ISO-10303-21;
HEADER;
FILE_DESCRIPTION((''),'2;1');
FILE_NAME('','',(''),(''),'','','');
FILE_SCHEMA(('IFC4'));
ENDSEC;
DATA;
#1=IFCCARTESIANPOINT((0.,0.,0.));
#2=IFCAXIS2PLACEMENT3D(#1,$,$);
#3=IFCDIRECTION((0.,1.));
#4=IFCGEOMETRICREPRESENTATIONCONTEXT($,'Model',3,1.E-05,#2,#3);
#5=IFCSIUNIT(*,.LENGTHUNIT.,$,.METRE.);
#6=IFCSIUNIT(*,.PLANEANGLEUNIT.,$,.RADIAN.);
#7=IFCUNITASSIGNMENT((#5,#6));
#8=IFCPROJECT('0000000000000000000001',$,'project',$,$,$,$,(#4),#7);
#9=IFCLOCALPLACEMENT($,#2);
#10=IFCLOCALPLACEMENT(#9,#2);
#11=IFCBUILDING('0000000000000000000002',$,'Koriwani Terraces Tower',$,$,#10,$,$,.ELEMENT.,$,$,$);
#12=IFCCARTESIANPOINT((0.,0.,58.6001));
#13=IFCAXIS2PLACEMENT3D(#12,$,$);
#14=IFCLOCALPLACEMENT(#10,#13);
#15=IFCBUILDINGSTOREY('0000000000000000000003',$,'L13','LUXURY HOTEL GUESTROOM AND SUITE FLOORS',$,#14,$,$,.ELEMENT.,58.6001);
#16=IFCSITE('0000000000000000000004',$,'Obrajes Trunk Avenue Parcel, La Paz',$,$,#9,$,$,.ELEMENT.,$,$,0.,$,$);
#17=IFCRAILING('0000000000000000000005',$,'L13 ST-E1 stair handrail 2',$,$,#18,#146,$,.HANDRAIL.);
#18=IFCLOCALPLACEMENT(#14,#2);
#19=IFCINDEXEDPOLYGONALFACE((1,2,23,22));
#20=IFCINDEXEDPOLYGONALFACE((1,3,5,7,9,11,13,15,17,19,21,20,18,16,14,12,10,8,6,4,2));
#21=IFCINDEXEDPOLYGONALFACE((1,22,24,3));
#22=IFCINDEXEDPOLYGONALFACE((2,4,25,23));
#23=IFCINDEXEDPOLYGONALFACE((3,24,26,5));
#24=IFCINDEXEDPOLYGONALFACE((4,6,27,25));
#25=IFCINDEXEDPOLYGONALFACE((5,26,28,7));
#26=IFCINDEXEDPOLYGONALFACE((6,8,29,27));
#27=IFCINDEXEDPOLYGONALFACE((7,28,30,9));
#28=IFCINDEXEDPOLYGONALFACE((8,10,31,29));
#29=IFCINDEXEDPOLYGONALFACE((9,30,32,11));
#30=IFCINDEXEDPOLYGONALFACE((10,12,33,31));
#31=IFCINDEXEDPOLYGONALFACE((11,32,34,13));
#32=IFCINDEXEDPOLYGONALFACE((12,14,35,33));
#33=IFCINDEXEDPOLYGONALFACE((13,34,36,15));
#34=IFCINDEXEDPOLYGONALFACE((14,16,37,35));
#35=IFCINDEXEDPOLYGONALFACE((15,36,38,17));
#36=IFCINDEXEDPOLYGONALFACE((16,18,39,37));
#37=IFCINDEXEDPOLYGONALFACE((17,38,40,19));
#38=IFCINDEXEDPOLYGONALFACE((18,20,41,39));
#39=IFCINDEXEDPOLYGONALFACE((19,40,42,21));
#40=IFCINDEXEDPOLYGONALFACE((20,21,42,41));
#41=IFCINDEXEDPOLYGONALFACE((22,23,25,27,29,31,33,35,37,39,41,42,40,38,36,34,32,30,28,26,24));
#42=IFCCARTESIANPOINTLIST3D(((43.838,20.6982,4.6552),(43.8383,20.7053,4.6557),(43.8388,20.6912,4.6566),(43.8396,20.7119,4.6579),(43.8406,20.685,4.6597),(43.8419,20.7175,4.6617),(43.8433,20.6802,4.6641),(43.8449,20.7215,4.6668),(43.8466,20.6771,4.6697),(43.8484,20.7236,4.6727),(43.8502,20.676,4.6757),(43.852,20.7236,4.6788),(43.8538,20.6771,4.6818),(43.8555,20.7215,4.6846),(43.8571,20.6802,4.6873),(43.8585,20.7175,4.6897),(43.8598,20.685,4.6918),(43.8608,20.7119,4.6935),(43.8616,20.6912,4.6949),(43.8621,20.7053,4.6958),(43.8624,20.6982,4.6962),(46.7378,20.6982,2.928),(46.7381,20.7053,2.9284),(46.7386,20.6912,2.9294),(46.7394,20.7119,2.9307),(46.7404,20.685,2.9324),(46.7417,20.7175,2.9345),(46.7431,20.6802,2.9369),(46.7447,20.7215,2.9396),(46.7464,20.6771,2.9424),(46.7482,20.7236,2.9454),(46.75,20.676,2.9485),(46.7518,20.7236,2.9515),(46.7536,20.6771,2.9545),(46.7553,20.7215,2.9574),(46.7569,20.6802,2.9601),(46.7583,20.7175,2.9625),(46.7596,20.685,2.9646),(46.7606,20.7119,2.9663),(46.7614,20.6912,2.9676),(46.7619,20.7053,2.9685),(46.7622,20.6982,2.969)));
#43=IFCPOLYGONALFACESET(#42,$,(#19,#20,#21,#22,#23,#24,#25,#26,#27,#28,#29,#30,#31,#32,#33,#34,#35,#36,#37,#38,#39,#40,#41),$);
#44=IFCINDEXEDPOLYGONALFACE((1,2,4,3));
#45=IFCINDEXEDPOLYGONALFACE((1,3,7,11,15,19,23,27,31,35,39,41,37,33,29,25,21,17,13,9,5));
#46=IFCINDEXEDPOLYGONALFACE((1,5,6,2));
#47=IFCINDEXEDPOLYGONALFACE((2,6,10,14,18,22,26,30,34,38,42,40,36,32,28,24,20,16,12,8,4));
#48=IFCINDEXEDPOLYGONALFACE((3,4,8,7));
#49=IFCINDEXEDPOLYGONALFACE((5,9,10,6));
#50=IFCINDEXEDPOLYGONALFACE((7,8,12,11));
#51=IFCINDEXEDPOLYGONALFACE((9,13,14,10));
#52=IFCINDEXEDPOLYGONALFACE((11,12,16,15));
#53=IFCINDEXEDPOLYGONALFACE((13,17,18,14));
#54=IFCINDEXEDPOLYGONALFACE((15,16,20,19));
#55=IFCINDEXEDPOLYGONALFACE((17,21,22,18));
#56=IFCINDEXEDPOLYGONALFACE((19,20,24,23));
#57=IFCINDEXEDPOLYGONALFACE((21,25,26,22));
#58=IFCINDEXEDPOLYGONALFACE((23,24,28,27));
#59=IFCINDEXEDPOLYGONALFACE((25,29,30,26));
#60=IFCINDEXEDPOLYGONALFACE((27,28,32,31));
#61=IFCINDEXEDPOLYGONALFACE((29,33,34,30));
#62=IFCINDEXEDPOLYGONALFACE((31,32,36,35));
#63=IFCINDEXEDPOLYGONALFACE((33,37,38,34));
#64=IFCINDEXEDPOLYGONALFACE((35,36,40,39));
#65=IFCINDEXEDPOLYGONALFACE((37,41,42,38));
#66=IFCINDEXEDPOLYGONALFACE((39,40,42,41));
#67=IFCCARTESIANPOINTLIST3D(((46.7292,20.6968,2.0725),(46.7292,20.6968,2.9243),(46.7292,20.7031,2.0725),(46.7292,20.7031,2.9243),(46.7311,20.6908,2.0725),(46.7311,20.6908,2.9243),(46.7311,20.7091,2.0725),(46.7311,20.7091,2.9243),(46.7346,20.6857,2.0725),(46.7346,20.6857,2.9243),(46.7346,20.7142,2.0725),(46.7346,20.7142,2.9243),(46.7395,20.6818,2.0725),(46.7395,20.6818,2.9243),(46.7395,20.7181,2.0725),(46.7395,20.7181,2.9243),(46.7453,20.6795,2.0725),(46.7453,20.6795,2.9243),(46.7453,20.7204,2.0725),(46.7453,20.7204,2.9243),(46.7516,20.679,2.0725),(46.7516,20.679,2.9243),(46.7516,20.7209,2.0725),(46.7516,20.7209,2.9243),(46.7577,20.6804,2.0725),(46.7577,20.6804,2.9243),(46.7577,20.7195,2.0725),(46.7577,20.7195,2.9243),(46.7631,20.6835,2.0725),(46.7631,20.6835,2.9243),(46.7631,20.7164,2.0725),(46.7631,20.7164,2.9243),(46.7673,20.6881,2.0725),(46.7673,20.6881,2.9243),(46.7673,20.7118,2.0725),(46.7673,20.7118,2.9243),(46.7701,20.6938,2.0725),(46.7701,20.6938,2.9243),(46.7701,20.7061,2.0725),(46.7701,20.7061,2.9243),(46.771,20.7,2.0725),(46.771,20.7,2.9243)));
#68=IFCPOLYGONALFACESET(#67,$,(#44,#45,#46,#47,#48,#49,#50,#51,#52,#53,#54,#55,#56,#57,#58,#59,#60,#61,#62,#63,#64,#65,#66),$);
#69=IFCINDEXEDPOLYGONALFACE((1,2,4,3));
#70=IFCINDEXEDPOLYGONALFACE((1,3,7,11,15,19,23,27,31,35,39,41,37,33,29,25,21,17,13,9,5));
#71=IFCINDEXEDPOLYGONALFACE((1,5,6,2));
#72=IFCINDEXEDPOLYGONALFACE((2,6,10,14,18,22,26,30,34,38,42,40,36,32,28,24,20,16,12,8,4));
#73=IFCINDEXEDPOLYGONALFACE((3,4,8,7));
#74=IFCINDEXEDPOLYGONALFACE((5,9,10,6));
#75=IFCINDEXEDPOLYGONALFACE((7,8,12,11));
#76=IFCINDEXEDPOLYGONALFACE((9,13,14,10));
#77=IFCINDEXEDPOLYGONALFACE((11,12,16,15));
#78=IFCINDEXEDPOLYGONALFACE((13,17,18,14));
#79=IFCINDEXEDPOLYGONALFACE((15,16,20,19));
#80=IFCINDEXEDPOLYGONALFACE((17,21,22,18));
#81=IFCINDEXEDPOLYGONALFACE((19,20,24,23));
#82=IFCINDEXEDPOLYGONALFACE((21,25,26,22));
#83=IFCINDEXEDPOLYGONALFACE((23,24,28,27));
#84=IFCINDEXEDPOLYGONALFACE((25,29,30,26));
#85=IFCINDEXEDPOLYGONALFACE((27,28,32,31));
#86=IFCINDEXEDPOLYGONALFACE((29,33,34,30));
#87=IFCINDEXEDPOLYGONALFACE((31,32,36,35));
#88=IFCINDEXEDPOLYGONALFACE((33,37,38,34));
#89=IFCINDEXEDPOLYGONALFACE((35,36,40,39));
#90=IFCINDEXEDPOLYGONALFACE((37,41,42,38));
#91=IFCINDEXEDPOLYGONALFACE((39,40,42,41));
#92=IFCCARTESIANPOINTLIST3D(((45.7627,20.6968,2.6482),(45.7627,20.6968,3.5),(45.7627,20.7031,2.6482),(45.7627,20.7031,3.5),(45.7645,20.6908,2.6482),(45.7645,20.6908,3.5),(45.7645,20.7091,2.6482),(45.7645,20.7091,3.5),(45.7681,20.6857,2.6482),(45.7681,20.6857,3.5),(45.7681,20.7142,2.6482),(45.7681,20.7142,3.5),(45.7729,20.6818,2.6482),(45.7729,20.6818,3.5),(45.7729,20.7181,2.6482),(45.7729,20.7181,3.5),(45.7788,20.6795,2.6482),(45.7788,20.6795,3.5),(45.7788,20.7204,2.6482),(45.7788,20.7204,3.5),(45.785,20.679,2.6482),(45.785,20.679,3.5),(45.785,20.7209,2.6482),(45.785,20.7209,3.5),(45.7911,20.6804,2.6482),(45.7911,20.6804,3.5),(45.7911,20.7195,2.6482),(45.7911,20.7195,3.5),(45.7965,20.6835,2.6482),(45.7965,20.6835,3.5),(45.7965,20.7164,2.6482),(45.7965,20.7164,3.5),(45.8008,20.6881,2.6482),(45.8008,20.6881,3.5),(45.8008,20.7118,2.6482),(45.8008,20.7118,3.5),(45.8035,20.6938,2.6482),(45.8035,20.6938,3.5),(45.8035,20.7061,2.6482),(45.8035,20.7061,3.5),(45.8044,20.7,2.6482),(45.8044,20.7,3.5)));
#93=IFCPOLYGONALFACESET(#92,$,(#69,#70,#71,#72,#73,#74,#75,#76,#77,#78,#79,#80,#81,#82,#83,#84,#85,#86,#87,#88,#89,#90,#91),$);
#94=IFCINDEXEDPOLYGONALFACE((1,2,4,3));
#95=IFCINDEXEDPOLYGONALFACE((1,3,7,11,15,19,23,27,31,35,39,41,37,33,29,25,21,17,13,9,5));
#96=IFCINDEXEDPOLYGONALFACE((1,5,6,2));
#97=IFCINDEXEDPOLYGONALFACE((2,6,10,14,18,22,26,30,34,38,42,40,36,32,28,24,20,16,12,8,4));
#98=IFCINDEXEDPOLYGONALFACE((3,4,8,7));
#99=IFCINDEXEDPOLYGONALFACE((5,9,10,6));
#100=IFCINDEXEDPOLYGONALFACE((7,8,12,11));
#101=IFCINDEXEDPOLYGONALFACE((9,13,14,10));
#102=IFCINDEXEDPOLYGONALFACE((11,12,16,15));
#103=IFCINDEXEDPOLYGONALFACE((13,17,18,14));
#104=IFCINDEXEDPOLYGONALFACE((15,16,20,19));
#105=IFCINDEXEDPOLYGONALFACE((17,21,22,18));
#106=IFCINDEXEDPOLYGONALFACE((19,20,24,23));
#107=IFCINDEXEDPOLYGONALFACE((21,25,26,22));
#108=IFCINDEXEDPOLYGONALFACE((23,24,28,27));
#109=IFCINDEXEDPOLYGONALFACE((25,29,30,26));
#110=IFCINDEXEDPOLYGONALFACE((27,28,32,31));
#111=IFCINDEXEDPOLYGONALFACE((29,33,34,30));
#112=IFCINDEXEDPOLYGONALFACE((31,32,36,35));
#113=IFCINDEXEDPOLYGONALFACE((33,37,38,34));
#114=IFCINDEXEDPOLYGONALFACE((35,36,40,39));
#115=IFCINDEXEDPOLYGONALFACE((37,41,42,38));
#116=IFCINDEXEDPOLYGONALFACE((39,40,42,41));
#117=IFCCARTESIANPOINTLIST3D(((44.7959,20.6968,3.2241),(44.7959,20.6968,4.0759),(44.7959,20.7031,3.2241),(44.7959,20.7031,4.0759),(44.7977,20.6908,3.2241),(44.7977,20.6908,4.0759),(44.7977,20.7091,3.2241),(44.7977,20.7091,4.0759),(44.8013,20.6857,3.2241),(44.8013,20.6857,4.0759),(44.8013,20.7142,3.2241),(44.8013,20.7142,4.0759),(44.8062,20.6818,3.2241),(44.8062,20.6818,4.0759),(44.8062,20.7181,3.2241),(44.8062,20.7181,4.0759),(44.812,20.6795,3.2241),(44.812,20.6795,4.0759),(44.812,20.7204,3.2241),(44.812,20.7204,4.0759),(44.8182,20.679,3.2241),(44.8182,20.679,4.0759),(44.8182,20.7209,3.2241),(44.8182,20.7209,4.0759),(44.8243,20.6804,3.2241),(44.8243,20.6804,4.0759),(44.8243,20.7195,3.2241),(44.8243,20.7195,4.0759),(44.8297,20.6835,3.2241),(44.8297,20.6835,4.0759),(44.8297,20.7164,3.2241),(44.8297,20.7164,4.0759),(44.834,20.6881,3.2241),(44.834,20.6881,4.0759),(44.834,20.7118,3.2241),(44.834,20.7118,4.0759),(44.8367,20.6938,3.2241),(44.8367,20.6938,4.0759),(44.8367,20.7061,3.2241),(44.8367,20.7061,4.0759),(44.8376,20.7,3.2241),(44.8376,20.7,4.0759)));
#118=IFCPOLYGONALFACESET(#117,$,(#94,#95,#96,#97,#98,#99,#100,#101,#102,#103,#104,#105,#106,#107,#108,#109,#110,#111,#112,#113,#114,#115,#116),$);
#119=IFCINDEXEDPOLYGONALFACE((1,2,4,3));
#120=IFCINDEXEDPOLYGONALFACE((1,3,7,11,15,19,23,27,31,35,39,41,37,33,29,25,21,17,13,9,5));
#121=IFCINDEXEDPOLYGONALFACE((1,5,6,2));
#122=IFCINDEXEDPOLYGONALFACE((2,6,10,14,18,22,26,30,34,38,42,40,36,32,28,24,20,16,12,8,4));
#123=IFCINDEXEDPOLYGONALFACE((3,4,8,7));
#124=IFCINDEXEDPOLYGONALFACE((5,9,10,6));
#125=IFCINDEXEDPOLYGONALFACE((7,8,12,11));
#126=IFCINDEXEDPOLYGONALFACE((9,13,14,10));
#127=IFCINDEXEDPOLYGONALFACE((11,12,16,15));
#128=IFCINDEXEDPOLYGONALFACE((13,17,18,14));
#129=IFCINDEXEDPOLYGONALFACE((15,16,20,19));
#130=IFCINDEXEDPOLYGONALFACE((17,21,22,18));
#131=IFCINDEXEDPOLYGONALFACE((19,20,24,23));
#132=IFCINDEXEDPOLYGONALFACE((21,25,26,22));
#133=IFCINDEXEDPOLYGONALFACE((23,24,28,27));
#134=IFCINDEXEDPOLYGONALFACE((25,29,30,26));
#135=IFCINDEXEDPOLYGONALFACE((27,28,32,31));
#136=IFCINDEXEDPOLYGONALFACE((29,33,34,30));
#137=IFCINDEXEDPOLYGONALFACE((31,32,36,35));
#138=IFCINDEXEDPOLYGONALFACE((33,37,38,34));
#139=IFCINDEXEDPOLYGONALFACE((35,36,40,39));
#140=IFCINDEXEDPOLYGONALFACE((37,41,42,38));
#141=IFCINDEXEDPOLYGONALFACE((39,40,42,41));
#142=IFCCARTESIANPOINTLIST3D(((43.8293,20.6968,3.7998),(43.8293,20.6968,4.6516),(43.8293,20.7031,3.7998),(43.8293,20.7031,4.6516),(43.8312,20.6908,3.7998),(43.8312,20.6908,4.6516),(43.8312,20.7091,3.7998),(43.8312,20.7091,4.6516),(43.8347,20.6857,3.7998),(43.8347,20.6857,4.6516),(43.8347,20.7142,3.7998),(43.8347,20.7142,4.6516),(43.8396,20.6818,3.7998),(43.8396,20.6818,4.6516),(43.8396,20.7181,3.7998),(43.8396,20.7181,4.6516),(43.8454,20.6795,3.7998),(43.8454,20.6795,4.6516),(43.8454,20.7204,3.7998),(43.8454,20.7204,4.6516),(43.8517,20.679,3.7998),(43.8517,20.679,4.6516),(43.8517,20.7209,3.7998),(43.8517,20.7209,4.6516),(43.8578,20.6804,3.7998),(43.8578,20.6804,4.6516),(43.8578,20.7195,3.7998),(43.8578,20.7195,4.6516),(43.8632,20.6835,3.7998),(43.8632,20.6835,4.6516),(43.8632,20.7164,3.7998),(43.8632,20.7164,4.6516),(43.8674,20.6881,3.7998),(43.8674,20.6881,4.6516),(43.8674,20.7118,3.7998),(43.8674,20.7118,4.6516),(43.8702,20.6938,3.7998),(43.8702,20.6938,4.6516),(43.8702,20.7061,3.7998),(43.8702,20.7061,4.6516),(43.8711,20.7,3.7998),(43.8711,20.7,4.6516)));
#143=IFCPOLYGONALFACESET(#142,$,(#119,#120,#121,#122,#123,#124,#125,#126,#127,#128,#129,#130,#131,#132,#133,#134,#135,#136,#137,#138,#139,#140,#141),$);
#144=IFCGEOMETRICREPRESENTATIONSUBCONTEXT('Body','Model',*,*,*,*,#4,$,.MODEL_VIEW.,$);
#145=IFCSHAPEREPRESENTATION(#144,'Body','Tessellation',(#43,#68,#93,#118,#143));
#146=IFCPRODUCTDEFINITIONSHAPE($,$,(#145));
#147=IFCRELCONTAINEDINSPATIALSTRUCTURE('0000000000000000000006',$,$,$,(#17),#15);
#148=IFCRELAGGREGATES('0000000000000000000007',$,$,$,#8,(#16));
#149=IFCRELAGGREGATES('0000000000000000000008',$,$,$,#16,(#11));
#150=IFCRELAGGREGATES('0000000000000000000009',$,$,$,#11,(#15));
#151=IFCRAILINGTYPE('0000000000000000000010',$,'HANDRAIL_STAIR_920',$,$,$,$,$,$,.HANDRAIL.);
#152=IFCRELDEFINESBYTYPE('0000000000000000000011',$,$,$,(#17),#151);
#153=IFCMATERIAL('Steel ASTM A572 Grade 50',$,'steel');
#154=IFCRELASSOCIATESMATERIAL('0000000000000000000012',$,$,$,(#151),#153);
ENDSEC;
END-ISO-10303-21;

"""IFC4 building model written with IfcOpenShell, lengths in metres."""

from ifc_helpers import new_model, si_unit, direction, frame, origin, origin_2d, place, context, subcontext, project, spatial, circle, extrude, material, type_object, element, save


model = new_model("IFC4")

# Units and contexts
model_context = context("Model", 3, precision=1e-05, world=origin(), true_north=direction((0.0, 1.0)))
body_context = subcontext(model_context, "Body", "Model", "MODEL_VIEW")
ifc_project = project(units=[si_unit("LENGTHUNIT", "METRE"), si_unit("PLANEANGLEUNIT", "RADIAN")], contexts=[model_context])

# Site, building, storey
site_placement = place(None, origin())
site = spatial("IfcSite", under=ifc_project, at=site_placement, Name="Obrajes Trunk Avenue Parcel, La Paz", CompositionType="ELEMENT", RefElevation=0.0)
building_placement = place(site_placement, origin())
building = spatial("IfcBuilding", under=site, at=building_placement, Name="Koriwani Terraces Tower", CompositionType="ELEMENT")
storey_placement = place(building_placement, frame((0.0, 0.0, 58.6001)))
storey = spatial("IfcBuildingStorey", under=building, at=storey_placement, Name="L13", Description="LUXURY HOTEL GUESTROOM AND SUITE FLOORS", CompositionType="ELEMENT", Elevation=58.6001)

# Shared definitions
ifc_material_1 = material(Name="Steel ASTM A572 Grade 50", Category="steel")

# Railing
railing_type_1 = type_object("IfcRailingType", Name="HANDRAIL_STAIR_920", PredefinedType="HANDRAIL", material=ifc_material_1)
railing_1_placement = place(storey_placement, frame((46.75, 20.7, 2.0725)))
element("IfcRailing", 1, at=railing_1_placement, inside=storey, type_object=railing_type_1, Name="L13 ST-E1 stair handrail 2", PredefinedType="HANDRAIL", context=body_context, shape_type="SweptSolid", body=[
    extrude(circle(Radius=0.0239, at=origin_2d()), frame((0.0, 0.0, 0.876), z_axis=(-0.859141, 0.0, 0.511738), x_axis=(0.0, -1.0, 0.0)), (0.0, 0.0, 1.0), 3.3752),
    extrude(circle(Radius=0.021, at=origin_2d()), origin(), (0.0, 0.0, 1.0), 0.8518),
    extrude(circle(Radius=0.021, at=origin_2d()), frame((-0.9666, 0.0, 0.5757)), (0.0, 0.0, 1.0), 0.8518),
    extrude(circle(Radius=0.021, at=origin_2d()), frame((-1.9333, 0.0, 1.1516)), (0.0, 0.0, 1.0), 0.8518),
    extrude(circle(Radius=0.021, at=origin_2d()), frame((-2.8999, 0.0, 1.7273)), (0.0, 0.0, 1.0), 0.8518),
])

save(model, "model.ifc")
